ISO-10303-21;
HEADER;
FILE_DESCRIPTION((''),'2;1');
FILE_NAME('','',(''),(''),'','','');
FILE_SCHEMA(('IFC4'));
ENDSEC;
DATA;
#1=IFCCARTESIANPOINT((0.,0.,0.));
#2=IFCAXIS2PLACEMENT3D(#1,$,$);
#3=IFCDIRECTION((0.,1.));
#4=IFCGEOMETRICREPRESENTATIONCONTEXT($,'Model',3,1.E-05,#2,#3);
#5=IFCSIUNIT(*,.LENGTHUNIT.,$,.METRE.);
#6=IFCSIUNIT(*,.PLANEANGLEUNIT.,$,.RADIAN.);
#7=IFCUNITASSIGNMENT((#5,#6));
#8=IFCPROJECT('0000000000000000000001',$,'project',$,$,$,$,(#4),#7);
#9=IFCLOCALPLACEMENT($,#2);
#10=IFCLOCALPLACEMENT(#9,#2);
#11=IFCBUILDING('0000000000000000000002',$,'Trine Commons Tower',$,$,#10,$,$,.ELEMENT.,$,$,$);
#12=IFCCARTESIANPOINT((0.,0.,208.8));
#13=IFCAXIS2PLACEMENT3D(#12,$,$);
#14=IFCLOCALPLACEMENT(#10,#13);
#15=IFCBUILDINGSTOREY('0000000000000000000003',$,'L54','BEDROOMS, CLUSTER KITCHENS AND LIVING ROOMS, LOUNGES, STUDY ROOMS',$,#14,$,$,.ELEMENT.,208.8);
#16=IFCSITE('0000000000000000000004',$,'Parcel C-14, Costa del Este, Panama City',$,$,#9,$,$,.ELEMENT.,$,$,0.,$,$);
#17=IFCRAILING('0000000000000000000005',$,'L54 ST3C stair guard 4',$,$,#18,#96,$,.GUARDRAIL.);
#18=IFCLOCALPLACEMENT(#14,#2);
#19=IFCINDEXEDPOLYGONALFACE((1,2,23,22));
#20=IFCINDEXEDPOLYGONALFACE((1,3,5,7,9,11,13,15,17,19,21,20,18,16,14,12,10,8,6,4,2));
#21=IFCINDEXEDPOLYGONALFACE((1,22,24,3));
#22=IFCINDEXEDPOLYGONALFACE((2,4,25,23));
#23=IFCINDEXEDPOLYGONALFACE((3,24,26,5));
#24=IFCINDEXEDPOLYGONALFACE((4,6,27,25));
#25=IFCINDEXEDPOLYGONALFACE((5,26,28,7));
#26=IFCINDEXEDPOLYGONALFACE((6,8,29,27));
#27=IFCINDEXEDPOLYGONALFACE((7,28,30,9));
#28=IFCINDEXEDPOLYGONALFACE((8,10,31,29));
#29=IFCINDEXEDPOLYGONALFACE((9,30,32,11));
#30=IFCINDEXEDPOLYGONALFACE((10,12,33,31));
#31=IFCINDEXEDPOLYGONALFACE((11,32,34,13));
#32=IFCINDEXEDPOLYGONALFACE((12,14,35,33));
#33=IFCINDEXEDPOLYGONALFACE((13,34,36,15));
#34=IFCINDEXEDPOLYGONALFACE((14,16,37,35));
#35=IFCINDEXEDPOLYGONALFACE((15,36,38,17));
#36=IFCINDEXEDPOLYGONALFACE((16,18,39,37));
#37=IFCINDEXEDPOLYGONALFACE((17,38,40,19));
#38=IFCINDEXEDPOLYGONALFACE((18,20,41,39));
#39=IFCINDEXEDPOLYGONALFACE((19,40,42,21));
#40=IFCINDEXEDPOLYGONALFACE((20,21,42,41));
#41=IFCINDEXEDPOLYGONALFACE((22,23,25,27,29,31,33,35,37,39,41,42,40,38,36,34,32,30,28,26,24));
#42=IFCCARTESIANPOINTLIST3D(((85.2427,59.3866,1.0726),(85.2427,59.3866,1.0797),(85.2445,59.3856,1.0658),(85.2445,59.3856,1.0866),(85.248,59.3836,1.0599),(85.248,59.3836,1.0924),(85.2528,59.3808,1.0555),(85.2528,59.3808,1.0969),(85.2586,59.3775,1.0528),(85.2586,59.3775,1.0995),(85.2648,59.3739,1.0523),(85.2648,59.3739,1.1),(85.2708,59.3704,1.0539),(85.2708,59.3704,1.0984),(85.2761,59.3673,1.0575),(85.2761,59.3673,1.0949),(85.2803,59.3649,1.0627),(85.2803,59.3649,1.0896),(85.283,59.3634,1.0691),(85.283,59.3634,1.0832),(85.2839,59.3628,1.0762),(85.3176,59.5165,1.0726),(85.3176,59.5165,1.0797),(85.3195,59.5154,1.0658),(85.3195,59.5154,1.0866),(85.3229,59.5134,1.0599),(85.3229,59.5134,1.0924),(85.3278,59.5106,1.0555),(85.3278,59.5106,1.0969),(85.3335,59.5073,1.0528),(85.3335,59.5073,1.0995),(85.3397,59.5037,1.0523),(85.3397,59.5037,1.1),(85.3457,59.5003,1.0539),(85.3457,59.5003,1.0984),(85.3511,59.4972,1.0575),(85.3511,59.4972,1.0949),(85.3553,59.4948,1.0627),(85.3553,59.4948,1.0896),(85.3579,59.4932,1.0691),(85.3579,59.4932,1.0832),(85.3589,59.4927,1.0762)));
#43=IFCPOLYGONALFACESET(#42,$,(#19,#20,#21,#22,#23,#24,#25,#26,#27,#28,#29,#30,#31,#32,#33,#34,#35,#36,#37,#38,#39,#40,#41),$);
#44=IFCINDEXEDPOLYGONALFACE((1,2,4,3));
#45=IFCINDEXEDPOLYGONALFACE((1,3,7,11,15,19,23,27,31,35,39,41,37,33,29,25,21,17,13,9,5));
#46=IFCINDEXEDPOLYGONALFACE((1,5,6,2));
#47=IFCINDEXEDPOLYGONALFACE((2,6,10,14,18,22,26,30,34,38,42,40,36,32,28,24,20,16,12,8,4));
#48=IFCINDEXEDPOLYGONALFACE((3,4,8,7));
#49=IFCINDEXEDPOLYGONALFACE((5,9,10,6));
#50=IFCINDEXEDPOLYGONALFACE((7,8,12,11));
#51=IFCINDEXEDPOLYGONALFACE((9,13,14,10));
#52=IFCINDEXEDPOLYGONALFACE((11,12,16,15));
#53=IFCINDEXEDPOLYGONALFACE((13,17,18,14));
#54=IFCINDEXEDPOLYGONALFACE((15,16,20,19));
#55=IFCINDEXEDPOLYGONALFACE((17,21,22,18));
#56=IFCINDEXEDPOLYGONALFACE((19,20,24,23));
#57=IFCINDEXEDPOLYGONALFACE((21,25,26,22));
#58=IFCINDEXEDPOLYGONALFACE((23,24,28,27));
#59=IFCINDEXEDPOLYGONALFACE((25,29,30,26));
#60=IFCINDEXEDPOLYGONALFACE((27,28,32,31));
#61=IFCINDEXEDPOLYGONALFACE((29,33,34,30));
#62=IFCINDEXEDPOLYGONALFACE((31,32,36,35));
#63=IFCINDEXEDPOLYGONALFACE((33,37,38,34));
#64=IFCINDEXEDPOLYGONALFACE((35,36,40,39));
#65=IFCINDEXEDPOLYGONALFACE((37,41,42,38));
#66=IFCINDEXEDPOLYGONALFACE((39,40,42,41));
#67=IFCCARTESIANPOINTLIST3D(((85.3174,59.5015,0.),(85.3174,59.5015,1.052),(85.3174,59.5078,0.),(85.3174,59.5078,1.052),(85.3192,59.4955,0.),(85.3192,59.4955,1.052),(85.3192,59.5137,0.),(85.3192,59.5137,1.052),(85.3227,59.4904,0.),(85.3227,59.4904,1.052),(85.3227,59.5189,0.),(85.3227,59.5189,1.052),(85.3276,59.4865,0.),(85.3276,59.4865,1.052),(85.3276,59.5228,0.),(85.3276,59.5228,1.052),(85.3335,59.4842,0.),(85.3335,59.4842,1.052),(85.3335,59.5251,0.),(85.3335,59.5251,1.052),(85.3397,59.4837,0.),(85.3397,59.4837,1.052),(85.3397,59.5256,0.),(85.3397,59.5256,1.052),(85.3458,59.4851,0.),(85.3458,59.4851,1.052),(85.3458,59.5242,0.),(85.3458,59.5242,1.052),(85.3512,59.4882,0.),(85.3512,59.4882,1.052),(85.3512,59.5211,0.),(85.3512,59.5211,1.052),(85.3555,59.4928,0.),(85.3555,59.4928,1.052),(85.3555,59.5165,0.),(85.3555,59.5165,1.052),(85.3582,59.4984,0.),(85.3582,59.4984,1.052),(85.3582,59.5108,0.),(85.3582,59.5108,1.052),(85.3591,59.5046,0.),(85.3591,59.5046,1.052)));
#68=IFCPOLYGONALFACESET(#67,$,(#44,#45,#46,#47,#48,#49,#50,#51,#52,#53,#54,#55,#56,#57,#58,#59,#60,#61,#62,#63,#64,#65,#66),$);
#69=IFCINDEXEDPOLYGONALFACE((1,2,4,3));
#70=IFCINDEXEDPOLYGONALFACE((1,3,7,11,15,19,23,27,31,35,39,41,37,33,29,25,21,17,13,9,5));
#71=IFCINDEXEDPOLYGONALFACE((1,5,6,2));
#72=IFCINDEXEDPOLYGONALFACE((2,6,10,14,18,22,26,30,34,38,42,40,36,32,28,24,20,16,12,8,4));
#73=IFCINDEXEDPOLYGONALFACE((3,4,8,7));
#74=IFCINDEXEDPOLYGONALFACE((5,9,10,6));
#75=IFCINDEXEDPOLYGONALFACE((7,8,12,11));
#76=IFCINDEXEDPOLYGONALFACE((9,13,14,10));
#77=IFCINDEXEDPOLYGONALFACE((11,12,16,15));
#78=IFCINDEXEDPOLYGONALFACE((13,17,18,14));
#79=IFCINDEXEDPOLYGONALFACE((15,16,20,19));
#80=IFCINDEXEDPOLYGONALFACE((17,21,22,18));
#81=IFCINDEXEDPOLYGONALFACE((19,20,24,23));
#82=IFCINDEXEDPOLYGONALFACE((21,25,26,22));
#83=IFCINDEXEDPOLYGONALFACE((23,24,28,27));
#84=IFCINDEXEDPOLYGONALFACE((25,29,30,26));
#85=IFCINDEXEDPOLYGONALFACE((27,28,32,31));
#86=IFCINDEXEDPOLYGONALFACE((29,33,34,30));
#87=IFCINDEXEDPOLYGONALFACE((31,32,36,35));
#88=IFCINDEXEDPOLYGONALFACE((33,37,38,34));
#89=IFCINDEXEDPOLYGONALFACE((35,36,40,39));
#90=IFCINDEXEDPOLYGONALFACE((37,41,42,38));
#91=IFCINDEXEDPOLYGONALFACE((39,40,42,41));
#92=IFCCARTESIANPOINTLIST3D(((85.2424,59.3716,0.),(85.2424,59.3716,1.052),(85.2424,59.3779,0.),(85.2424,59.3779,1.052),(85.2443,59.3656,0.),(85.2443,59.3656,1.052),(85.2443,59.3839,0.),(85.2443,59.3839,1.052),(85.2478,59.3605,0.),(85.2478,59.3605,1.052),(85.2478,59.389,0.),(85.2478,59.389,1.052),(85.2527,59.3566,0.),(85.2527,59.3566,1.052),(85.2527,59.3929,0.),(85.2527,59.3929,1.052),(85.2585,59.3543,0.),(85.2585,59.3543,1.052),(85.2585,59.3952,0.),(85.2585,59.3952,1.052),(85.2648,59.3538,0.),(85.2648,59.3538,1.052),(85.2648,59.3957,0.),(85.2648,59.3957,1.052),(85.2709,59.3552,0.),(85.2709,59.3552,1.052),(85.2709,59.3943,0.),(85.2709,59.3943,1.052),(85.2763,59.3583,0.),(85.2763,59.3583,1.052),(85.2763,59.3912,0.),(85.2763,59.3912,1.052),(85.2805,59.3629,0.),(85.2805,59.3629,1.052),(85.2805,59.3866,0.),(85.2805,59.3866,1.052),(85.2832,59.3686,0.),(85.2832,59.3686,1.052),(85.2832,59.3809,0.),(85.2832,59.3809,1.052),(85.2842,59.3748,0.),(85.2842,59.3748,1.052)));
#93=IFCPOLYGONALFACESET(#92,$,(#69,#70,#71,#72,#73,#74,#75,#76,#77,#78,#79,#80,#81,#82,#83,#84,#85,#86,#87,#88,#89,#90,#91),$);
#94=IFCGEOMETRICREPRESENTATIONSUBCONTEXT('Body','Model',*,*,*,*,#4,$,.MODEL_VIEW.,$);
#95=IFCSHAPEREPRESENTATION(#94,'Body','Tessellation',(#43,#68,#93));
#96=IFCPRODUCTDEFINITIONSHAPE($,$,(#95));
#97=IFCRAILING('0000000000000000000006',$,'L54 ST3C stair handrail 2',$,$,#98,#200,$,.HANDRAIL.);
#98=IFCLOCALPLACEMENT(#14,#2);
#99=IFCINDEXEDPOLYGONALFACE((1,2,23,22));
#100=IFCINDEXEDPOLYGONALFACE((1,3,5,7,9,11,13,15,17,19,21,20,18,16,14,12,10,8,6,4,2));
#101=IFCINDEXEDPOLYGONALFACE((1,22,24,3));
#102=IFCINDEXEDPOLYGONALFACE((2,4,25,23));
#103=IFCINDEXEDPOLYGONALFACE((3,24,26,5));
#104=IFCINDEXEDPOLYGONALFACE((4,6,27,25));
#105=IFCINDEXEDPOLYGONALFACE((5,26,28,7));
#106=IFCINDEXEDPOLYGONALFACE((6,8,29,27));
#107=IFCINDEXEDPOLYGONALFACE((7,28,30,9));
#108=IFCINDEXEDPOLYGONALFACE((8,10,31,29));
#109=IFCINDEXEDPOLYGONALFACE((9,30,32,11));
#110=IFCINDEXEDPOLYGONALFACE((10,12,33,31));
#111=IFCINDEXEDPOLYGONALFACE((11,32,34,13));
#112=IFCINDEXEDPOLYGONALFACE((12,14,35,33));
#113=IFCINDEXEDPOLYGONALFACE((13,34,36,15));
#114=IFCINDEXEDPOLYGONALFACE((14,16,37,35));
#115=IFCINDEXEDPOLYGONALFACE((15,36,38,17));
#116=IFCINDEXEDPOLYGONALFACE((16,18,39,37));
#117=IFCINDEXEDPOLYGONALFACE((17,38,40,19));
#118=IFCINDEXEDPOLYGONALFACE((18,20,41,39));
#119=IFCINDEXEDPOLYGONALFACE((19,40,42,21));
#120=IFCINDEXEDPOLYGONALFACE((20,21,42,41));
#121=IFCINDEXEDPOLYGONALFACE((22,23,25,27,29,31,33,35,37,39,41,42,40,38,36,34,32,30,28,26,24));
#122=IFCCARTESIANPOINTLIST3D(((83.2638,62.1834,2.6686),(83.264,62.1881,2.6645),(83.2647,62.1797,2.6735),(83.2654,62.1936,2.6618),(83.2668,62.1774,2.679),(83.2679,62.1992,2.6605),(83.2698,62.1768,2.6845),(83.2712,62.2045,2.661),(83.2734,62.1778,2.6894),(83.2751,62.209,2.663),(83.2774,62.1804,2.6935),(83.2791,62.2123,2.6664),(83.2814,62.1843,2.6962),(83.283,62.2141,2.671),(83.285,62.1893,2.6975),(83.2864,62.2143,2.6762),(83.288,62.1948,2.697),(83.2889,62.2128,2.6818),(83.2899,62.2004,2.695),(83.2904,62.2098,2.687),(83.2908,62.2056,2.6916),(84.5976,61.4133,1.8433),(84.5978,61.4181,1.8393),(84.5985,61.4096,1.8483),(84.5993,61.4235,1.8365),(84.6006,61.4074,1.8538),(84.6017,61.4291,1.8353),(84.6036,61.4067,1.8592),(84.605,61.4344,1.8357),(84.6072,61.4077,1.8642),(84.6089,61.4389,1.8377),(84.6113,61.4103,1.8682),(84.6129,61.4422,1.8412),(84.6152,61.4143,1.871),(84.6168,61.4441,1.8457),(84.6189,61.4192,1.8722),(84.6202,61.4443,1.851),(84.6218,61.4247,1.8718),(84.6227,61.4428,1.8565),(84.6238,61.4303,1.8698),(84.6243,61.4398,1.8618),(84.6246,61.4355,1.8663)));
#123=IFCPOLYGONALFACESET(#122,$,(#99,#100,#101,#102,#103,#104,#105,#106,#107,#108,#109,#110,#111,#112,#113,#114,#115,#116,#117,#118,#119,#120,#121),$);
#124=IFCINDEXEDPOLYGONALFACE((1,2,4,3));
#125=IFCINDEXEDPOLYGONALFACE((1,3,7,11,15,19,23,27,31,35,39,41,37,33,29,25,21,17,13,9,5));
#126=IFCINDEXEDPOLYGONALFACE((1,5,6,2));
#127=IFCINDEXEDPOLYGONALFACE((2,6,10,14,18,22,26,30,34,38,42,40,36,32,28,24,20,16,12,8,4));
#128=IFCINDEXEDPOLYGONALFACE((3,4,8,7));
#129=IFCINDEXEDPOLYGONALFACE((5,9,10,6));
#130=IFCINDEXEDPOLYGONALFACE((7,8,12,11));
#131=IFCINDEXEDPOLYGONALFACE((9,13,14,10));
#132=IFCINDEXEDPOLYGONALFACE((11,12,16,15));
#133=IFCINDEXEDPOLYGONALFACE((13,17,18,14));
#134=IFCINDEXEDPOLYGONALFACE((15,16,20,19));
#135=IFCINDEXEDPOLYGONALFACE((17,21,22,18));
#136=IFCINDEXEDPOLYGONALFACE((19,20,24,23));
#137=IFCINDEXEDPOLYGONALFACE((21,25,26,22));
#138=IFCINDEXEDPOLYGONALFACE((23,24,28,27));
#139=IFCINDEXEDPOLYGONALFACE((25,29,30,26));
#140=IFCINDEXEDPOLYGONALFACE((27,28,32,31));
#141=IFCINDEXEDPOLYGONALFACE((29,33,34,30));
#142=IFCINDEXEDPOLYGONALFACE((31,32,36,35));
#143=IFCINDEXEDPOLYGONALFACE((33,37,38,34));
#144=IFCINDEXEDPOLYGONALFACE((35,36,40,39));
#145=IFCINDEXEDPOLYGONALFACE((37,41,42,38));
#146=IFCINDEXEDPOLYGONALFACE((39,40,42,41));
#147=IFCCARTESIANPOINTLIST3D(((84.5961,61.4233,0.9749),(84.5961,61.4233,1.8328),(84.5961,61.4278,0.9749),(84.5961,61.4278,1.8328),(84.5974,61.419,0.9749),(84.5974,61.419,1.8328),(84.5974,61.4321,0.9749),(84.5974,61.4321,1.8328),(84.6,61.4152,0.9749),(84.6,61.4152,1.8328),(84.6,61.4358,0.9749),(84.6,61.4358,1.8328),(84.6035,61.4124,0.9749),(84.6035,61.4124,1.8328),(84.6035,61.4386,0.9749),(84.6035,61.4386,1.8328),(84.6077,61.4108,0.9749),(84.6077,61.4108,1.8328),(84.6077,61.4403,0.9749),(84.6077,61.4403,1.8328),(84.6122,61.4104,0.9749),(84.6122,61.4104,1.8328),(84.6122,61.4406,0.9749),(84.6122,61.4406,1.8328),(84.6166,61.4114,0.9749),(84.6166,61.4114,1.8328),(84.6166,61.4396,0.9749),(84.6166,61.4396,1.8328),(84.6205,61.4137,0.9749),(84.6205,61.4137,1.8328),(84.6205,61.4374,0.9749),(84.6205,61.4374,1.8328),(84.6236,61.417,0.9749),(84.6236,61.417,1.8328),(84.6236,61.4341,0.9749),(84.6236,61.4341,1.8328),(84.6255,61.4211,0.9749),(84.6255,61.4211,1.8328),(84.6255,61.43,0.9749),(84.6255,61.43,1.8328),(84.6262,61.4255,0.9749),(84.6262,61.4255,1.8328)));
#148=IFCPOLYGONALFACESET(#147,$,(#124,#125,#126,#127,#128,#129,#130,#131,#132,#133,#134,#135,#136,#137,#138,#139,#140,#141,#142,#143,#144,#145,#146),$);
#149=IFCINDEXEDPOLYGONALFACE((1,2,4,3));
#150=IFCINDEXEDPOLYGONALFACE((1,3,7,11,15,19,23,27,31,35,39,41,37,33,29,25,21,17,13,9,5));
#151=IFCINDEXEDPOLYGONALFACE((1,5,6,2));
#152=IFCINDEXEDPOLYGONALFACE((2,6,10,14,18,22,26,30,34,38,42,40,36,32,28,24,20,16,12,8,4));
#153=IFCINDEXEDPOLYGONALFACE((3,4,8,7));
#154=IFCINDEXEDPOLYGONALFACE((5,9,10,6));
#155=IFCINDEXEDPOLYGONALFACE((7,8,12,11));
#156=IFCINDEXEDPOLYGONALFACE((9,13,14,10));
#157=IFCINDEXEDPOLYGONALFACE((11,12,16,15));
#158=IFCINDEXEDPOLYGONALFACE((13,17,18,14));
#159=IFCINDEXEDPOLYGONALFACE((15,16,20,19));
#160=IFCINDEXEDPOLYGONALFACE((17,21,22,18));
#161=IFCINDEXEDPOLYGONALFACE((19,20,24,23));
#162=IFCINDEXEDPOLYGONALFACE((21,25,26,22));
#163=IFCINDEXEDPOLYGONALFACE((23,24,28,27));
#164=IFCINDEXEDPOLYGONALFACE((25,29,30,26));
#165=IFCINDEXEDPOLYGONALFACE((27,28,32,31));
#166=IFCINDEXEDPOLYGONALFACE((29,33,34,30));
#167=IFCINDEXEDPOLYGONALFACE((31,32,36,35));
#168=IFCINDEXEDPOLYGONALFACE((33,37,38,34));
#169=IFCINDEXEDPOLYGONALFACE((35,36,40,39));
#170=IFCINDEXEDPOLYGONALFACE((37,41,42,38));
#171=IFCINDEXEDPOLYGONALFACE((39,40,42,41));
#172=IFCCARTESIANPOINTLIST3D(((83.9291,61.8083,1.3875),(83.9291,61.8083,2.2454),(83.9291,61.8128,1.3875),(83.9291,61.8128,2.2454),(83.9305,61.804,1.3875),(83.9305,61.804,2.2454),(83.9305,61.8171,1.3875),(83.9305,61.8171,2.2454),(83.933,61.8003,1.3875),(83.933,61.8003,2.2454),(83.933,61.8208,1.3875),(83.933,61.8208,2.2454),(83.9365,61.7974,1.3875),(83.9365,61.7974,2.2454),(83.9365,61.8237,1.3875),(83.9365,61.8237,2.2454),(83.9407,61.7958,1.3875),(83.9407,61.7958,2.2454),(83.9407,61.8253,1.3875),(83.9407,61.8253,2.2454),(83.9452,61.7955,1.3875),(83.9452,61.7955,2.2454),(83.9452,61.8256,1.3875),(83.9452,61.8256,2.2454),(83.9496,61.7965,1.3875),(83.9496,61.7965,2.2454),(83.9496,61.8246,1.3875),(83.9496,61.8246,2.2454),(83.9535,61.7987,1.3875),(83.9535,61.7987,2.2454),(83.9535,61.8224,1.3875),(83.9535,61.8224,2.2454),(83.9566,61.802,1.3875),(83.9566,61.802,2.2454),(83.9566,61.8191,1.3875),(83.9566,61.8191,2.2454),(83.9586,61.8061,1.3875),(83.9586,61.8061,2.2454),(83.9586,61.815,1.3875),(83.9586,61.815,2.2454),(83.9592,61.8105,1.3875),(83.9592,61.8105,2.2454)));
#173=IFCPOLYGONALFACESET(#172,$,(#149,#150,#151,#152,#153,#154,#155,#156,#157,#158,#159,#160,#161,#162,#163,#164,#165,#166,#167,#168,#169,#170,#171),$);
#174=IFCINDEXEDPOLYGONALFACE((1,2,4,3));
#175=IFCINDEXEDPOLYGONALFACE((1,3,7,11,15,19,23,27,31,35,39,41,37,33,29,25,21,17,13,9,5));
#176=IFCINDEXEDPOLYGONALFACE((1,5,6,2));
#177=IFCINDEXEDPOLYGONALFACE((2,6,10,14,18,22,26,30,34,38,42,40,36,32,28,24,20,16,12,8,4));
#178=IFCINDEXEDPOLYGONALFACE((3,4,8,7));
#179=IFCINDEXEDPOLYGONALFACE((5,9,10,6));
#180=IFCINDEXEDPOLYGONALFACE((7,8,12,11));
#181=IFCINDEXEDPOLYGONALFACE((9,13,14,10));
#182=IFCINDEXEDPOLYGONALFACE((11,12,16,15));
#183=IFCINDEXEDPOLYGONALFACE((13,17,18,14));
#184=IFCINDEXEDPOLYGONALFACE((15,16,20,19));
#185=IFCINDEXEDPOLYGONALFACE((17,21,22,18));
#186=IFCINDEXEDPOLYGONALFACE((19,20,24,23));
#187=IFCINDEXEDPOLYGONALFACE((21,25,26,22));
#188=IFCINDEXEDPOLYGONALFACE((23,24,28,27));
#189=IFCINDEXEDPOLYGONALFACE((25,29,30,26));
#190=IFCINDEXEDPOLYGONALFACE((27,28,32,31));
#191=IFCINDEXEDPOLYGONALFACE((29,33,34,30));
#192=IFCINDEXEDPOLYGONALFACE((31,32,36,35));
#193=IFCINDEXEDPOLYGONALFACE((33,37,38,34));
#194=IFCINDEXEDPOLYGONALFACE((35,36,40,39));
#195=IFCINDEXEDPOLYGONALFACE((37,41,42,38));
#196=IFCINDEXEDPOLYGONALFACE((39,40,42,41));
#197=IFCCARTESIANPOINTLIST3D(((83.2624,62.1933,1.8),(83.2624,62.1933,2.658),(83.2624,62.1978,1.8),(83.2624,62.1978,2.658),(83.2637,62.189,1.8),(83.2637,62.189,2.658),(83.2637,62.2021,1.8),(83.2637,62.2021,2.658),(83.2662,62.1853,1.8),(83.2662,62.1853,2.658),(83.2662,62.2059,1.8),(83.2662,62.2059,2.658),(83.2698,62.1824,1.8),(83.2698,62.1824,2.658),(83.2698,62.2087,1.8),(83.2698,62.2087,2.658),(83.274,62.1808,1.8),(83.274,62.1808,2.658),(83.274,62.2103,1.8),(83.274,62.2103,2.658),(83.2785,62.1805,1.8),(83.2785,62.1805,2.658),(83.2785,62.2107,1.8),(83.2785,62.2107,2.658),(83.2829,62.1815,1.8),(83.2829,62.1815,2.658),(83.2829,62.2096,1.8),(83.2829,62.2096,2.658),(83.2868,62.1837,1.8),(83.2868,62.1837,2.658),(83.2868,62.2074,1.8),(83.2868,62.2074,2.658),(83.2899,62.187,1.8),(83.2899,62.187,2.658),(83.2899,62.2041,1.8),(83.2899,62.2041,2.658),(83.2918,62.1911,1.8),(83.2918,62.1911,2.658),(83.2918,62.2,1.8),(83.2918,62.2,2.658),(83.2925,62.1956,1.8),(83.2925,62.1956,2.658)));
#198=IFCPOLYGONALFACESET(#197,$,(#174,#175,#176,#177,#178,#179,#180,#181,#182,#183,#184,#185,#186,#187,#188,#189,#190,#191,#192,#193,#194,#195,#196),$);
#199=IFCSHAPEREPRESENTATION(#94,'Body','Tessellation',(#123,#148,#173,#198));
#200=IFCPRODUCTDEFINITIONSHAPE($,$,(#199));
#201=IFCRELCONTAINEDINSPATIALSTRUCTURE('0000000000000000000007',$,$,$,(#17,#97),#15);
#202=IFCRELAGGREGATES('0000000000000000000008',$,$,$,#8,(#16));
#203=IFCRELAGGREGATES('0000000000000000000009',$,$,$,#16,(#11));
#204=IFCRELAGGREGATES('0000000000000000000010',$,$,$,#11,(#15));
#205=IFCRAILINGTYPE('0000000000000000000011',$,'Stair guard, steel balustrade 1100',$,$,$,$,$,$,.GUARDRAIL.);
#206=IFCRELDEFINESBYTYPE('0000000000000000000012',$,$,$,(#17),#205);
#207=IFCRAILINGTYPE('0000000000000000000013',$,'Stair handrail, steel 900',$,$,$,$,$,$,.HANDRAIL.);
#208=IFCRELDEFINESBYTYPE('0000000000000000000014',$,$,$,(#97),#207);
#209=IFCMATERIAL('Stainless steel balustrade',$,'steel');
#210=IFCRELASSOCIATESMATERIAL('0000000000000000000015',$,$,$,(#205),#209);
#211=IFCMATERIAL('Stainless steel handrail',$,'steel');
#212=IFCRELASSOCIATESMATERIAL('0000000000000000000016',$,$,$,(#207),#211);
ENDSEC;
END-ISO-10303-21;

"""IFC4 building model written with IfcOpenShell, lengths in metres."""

from ifc_helpers import new_model, si_unit, direction, frame, origin, origin_2d, place, context, subcontext, project, spatial, circle, extrude, material, type_object, element, save


model = new_model("IFC4")

# Units and contexts
model_context = context("Model", 3, precision=1e-05, world=origin(), true_north=direction((0.0, 1.0)))
body_context = subcontext(model_context, "Body", "Model", "MODEL_VIEW")
ifc_project = project(units=[si_unit("LENGTHUNIT", "METRE"), si_unit("PLANEANGLEUNIT", "RADIAN")], contexts=[model_context])

# Site, building, storey
site_placement = place(None, origin())
site = spatial("IfcSite", under=ifc_project, at=site_placement, Name="Parcel C-14, Costa del Este, Panama City", CompositionType="ELEMENT", RefElevation=0.0)
building_placement = place(site_placement, origin())
building = spatial("IfcBuilding", under=site, at=building_placement, Name="Trine Commons Tower", CompositionType="ELEMENT")
storey_placement = place(building_placement, frame((0.0, 0.0, 208.8)))
storey = spatial("IfcBuildingStorey", under=building, at=storey_placement, Name="L54", Description="BEDROOMS, CLUSTER KITCHENS AND LIVING ROOMS, LOUNGES, STUDY ROOMS", CompositionType="ELEMENT", Elevation=208.8)

# Railings
ifc_material_1 = material(Name="Stainless steel balustrade", Category="steel")
railing_type_1 = type_object("IfcRailingType", Name="Stair guard, steel balustrade 1100", PredefinedType="GUARDRAIL", material=ifc_material_1)
railing_1_placement = place(storey_placement, frame((85.3381, 59.5046, 0.0)))
element("IfcRailing", 1, at=railing_1_placement, inside=storey, type_object=railing_type_1, Name="L54 ST3C stair guard 4", PredefinedType="GUARDRAIL", context=body_context, shape_type="SweptSolid", body=[
    extrude(circle(Radius=0.0239, at=origin_2d()), frame((0.0, 0.0, 1.0762), z_axis=(-0.499816, -0.866131, 0.0), x_axis=(0.866131, -0.499816, 0.0)), (0.0, 0.0, 1.0), 0.1499),
    extrude(circle(Radius=0.021, at=origin_2d()), origin(), (0.0, 0.0, 1.0), 1.052),
    extrude(circle(Radius=0.021, at=origin_2d()), frame((-0.075, -0.1299, 0.0)), (0.0, 0.0, 1.0), 1.052),
])
ifc_material_2 = material(Name="Stainless steel handrail", Category="steel")
railing_type_2 = type_object("IfcRailingType", Name="Stair handrail, steel 900", PredefinedType="HANDRAIL", material=ifc_material_2)
railing_2_placement = place(storey_placement, frame((84.6111, 61.4255, 0.9749)))
element("IfcRailing", 2, at=railing_2_placement, inside=storey, type_object=railing_type_2, Name="L54 ST3C stair handrail 2", PredefinedType="HANDRAIL", context=body_context, shape_type="SweptSolid", body=[
    extrude(circle(Radius=0.021, at=origin_2d()), frame((0.0, 0.0, 0.8789), z_axis=(-0.763355, 0.440714, 0.472293), x_axis=(-0.499992, -0.86603, 0.0)), (0.0, 0.0, 1.0), 1.7473),
    extrude(circle(Radius=0.0151, at=origin_2d()), origin(), (0.0, 0.0, 1.0), 0.8579),
    extrude(circle(Radius=0.0151, at=origin_2d()), frame((-0.667, 0.385, 0.4126)), (0.0, 0.0, 1.0), 0.8579),
    extrude(circle(Radius=0.0151, at=origin_2d()), frame((-1.3337, 0.77, 0.8252)), (0.0, 0.0, 1.0), 0.8579),
])

save(model, "model.ifc")
